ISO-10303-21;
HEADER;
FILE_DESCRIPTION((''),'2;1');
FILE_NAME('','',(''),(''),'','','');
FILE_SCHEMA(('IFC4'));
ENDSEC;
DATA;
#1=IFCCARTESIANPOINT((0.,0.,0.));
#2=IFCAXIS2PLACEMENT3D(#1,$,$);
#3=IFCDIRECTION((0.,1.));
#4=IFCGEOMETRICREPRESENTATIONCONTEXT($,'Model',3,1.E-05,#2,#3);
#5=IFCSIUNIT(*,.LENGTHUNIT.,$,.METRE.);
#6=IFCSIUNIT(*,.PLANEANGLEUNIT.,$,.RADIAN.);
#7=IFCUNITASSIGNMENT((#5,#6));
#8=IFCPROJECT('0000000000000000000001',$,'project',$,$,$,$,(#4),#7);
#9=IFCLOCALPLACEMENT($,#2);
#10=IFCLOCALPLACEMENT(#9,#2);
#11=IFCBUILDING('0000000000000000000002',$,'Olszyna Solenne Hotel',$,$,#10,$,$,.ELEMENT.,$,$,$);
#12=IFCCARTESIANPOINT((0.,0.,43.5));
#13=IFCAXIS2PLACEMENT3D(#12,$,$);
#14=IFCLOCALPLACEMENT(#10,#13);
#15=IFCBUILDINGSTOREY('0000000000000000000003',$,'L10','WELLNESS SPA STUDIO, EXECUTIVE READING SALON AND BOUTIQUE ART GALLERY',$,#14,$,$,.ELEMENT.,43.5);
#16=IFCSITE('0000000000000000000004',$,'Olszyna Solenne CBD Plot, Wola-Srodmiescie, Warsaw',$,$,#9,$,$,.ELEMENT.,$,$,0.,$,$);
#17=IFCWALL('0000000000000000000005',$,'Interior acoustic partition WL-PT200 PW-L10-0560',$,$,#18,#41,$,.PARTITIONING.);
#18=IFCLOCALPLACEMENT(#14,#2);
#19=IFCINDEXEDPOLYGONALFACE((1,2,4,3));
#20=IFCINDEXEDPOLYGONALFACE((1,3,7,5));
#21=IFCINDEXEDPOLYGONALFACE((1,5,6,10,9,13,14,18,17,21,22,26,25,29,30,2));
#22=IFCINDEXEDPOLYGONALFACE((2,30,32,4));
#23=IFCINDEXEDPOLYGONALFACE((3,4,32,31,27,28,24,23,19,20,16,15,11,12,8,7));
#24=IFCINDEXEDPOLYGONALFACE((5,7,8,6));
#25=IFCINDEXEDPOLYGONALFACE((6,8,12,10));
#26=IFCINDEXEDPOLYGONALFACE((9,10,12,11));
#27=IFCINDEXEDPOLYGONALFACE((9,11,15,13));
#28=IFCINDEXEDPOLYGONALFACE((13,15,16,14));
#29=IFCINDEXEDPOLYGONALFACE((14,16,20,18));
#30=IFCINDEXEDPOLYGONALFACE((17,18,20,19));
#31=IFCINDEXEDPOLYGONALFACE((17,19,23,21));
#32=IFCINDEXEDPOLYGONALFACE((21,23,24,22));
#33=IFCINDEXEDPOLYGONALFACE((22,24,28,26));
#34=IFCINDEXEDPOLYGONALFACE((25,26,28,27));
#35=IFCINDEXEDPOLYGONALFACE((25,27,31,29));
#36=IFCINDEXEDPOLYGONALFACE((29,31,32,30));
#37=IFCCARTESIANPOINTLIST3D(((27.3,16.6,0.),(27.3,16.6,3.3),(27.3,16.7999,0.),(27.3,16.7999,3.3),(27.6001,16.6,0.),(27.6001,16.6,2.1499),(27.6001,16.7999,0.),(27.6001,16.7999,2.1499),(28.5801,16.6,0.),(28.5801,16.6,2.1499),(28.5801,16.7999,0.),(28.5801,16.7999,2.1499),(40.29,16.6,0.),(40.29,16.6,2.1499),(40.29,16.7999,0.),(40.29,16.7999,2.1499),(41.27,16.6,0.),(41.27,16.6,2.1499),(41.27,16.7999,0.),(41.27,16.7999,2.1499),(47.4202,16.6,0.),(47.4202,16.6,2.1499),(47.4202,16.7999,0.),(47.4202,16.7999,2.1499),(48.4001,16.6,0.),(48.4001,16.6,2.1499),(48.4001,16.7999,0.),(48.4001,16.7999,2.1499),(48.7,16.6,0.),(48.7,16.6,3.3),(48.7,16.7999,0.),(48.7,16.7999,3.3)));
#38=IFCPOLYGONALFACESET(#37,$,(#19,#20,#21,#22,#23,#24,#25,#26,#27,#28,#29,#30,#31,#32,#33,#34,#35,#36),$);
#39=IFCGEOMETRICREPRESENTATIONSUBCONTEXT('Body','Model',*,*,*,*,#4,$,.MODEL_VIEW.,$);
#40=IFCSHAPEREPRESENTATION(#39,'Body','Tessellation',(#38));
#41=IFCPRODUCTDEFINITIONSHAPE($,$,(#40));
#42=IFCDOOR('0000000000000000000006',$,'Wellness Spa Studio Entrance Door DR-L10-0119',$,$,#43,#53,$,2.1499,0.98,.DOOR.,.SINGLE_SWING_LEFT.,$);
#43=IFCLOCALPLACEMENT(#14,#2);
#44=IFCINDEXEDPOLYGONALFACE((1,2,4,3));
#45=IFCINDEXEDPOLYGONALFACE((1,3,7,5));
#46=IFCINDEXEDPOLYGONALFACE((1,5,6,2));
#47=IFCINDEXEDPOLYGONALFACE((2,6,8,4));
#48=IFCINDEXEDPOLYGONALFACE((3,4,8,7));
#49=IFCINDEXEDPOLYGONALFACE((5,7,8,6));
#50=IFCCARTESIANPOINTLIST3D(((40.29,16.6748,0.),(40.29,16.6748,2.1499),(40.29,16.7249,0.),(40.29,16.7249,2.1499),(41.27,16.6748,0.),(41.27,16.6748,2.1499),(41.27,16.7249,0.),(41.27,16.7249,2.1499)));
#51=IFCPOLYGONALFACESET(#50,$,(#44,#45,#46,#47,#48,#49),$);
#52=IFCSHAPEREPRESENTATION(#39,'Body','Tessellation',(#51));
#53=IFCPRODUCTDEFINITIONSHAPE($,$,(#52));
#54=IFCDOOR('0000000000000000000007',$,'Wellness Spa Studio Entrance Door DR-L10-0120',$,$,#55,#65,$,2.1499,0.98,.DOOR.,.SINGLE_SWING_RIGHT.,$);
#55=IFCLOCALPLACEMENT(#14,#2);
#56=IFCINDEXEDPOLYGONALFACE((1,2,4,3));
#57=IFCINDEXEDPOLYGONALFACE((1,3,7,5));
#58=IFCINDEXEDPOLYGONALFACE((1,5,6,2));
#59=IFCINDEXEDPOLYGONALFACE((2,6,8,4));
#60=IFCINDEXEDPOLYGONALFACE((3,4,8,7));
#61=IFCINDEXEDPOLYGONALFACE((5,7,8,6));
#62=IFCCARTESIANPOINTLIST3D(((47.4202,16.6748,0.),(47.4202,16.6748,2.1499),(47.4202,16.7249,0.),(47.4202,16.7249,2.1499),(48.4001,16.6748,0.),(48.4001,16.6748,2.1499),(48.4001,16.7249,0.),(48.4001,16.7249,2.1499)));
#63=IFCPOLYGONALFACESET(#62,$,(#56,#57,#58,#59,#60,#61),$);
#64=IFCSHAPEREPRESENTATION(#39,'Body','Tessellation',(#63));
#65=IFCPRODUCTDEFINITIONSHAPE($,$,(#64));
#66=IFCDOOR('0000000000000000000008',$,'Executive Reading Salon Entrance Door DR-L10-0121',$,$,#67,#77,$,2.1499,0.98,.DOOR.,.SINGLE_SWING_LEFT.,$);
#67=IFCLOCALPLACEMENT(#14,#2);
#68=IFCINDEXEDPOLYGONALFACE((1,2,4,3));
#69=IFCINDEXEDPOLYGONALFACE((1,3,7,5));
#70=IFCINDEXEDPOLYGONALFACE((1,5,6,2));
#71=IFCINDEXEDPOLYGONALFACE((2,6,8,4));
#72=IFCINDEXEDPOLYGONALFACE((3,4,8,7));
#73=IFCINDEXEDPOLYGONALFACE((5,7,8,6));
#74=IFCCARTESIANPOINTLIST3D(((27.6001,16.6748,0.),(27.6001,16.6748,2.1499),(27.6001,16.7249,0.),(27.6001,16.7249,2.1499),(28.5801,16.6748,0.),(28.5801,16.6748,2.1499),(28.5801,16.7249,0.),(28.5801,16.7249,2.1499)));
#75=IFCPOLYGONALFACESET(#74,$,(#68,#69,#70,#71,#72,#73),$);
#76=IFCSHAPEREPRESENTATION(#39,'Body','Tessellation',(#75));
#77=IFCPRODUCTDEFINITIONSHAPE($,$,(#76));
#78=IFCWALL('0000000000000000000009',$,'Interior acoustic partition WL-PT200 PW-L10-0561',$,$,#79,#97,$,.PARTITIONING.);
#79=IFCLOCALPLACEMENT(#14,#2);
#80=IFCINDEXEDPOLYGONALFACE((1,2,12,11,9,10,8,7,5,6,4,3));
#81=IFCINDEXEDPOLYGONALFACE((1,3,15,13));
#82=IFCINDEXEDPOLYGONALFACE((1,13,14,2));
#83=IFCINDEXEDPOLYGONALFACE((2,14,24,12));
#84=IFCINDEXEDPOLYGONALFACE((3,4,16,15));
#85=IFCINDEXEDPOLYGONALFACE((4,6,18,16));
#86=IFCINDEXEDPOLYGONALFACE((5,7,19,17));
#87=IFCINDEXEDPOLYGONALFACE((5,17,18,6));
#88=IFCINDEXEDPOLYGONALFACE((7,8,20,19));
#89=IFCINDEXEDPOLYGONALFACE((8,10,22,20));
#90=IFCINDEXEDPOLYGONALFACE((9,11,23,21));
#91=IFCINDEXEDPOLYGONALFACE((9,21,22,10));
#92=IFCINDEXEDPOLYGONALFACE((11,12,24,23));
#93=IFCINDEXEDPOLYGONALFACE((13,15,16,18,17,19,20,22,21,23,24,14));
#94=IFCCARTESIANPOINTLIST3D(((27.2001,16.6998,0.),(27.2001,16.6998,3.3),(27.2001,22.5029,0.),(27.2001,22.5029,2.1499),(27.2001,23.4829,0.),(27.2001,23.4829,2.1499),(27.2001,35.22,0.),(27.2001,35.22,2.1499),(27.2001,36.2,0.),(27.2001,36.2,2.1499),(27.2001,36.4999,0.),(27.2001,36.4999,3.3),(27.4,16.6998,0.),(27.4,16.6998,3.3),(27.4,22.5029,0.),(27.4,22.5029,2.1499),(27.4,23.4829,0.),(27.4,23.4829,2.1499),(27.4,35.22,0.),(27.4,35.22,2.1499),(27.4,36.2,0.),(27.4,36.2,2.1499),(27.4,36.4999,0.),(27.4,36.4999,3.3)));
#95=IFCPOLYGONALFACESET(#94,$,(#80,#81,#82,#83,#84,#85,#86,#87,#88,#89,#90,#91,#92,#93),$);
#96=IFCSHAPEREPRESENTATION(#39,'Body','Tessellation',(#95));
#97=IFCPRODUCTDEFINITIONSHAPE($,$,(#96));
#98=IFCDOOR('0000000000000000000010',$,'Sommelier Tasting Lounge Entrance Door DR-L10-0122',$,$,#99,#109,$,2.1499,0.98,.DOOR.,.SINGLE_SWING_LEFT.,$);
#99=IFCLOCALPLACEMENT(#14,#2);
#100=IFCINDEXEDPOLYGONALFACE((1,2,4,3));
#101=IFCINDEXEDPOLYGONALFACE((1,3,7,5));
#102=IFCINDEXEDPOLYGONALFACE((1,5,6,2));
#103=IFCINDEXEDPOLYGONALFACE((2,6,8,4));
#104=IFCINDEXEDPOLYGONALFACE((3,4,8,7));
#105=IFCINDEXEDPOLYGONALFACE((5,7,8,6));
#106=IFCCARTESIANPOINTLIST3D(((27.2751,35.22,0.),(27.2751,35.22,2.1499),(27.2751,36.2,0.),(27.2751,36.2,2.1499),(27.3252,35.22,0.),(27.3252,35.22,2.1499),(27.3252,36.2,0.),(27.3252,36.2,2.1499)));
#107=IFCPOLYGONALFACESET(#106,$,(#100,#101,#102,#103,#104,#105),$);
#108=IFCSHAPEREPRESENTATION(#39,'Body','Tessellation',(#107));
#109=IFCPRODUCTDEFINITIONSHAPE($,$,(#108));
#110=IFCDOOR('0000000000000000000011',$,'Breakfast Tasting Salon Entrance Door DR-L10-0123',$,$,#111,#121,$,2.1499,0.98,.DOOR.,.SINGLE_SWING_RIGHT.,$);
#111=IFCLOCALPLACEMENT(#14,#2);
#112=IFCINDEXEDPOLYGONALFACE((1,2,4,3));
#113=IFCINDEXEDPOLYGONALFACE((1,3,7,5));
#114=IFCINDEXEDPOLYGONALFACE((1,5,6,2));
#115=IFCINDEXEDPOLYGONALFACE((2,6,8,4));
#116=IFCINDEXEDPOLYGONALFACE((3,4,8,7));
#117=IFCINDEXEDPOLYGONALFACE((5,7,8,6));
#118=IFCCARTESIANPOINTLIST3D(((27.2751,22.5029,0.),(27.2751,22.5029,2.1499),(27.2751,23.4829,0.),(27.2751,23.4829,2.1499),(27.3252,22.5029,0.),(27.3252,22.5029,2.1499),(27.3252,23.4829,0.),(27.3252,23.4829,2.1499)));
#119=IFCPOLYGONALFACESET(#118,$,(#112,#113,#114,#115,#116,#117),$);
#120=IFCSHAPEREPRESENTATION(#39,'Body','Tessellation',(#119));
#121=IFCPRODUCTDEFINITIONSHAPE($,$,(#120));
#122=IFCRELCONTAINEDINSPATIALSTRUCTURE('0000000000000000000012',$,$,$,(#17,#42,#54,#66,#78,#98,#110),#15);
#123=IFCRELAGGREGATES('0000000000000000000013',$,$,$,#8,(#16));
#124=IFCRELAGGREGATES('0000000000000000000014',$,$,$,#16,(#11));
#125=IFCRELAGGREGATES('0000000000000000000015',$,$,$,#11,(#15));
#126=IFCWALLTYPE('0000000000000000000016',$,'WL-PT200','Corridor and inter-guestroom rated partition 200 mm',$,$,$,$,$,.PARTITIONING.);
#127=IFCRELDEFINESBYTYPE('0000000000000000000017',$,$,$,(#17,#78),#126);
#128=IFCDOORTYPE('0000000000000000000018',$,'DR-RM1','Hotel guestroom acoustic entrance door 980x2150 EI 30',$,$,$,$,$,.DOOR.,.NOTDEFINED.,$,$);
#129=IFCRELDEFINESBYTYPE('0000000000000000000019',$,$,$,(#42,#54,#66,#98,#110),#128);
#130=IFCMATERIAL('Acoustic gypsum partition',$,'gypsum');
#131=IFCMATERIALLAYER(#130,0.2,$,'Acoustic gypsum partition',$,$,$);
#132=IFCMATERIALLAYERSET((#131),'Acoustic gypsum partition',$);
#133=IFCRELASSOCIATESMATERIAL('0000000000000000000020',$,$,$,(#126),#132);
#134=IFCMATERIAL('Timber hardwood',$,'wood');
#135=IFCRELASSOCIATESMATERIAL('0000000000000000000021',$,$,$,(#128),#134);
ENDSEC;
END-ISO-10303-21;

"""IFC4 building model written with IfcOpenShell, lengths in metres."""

from ifc_helpers import new_model, si_unit, direction, frame, frame_2d, origin, place, context, subcontext, project, spatial, rectangle, extrude, source, transform, mapped, material, layer, layer_set, type_object, type_shapes, element, fill, save


model = new_model("IFC4")

# Units and contexts
model_context = context("Model", 3, precision=1e-05, world=origin(), true_north=direction((0.0, 1.0)))
body_context = subcontext(model_context, "Body", "Model", "MODEL_VIEW")
ifc_project = project(units=[si_unit("LENGTHUNIT", "METRE"), si_unit("PLANEANGLEUNIT", "RADIAN")], contexts=[model_context])

# Site, building, storey
site_placement = place(None, origin())
site = spatial("IfcSite", under=ifc_project, at=site_placement, Name="Olszyna Solenne CBD Plot, Wola-Srodmiescie, Warsaw", CompositionType="ELEMENT", RefElevation=0.0)
building_placement = place(site_placement, origin())
building = spatial("IfcBuilding", under=site, at=building_placement, Name="Olszyna Solenne Hotel", CompositionType="ELEMENT")
storey_placement = place(building_placement, frame((0.0, 0.0, 43.5)))
storey = spatial("IfcBuildingStorey", under=building, at=storey_placement, Name="L10", Description="WELLNESS SPA STUDIO, EXECUTIVE READING SALON AND BOUTIQUE ART GALLERY", CompositionType="ELEMENT", Elevation=43.5)

# Shared definitions
ifc_material_1 = material(Name="Timber hardwood", Category="wood")

# Shared definitions
ifc_material_2 = material(Name="Acoustic gypsum partition", Category="gypsum")

# Shared definitions
ifc_layer_1 = layer(ifc_material_2, 0.2, Name="Acoustic gypsum partition")
ifc_layer_set_1 = layer_set([ifc_layer_1], Name="Acoustic gypsum partition")
wall_type_1 = type_object("IfcWallType", Name="WL-PT200", Description="Corridor and inter-guestroom rated partition 200 mm", PredefinedType="PARTITIONING", material=ifc_layer_set_1)

# Walls, openings, doors
wall_1_placement = place(storey_placement, frame((27.3, 16.7, 0.0), z_axis=(0.0, 0.0, 1.0), x_axis=(1.0, 0.0, 0.0)))
wall_1 = element("IfcWall", 1, at=wall_1_placement, inside=storey, type_object=wall_type_1, Name="Interior acoustic partition WL-PT200 PW-L10-0560", PredefinedType="PARTITIONING", context=body_context, shape_type="SweptSolid", body=[
    extrude(rectangle(XDim=21.3999, YDim=0.2, at=frame_2d((10.7, 0.0))), origin(), (0.0, 0.0, 1.0), 3.3),
])
opening_1_placement = place(wall_1_placement, frame((12.99, 0.0, 0.0)))
opening_1 = element("IfcOpeningElement", 2, at=opening_1_placement, cuts=wall_1, PredefinedType="OPENING", context=body_context, shape_type="SweptSolid", body=[
    extrude(rectangle(XDim=0.98, YDim=2.1499, at=frame_2d((0.49, 1.075))), frame((0.0, 0.1099, 0.0), z_axis=(0.0, -1.0, 0.0), x_axis=(1.0, 0.0, 0.0)), (0.0, 0.0, 1.0), 0.22),
])
opening_2_placement = place(wall_1_placement, frame((20.1201, 0.0, 0.0)))
opening_2 = element("IfcOpeningElement", 3, at=opening_2_placement, cuts=wall_1, PredefinedType="OPENING", context=body_context, shape_type="SweptSolid", body=[
    extrude(rectangle(XDim=0.98, YDim=2.1499, at=frame_2d((0.49, 1.075))), frame((0.0, 0.1099, 0.0), z_axis=(0.0, -1.0, 0.0), x_axis=(1.0, 0.0, 0.0)), (0.0, 0.0, 1.0), 0.22),
])
opening_3_placement = place(wall_1_placement, frame((0.3, 0.0, 0.0)))
opening_3 = element("IfcOpeningElement", 4, at=opening_3_placement, cuts=wall_1, PredefinedType="OPENING", context=body_context, shape_type="SweptSolid", body=[
    extrude(rectangle(XDim=0.98, YDim=2.1499, at=frame_2d((0.49, 1.075))), frame((0.0, 0.1099, 0.0), z_axis=(0.0, -1.0, 0.0), x_axis=(1.0, 0.0, 0.0)), (0.0, 0.0, 1.0), 0.22),
])
door_type_1 = type_object("IfcDoorType", Name="DR-RM1", Description="Hotel guestroom acoustic entrance door 980x2150 EI 30", OperationType="NOTDEFINED", PredefinedType="DOOR", material=ifc_material_1)
shared_shape_1 = source(origin(), body_context, "Body", "SweptSolid", [
    extrude(rectangle(XDim=0.98, YDim=2.1499, at=frame_2d((0.49, 1.075))), frame((0.0, 0.0249, 0.0), z_axis=(0.0, -1.0, 0.0), x_axis=(1.0, 0.0, 0.0)), (0.0, 0.0, 1.0), 0.05),
])
type_shapes(door_type_1, [shared_shape_1])
door_1_placement = place(opening_1_placement, origin())
door_1 = element("IfcDoor", 5, at=door_1_placement, inside=storey, type_object=door_type_1, Name="Wellness Spa Studio Entrance Door DR-L10-0119", OperationType="SINGLE_SWING_LEFT", OverallHeight=2.1499, OverallWidth=0.98, PredefinedType="DOOR", context=body_context, shape_type="MappedRepresentation", body=[
    mapped(shared_shape_1, transform((0.0, 0.0, 0.0), x_axis=(1.0, 0.0, 0.0), y_axis=(0.0, 1.0, 0.0), z_axis=(0.0, 0.0, 1.0), scale=1.0)),
])
fill(opening_1, door_1)
door_2_placement = place(opening_2_placement, origin())
door_2 = element("IfcDoor", 6, at=door_2_placement, inside=storey, type_object=door_type_1, Name="Wellness Spa Studio Entrance Door DR-L10-0120", OperationType="SINGLE_SWING_RIGHT", OverallHeight=2.1499, OverallWidth=0.98, PredefinedType="DOOR", context=body_context, shape_type="MappedRepresentation", body=[
    mapped(shared_shape_1, transform((0.0, 0.0, 0.0), x_axis=(1.0, 0.0, 0.0), y_axis=(0.0, 1.0, 0.0), z_axis=(0.0, 0.0, 1.0), scale=1.0)),
])
fill(opening_2, door_2)
door_3_placement = place(opening_3_placement, origin())
door_3 = element("IfcDoor", 7, at=door_3_placement, inside=storey, type_object=door_type_1, Name="Executive Reading Salon Entrance Door DR-L10-0121", OperationType="SINGLE_SWING_LEFT", OverallHeight=2.1499, OverallWidth=0.98, PredefinedType="DOOR", context=body_context, shape_type="MappedRepresentation", body=[
    mapped(shared_shape_1, transform((0.0, 0.0, 0.0), x_axis=(1.0, 0.0, 0.0), y_axis=(0.0, 1.0, 0.0), z_axis=(0.0, 0.0, 1.0), scale=1.0)),
])
fill(opening_3, door_3)
wall_2_placement = place(storey_placement, frame((27.3, 16.7, 0.0), z_axis=(0.0, 0.0, 1.0), x_axis=(0.0, 1.0, 0.0)))
wall_2 = element("IfcWall", 8, at=wall_2_placement, inside=storey, type_object=wall_type_1, Name="Interior acoustic partition WL-PT200 PW-L10-0561", PredefinedType="PARTITIONING", context=body_context, shape_type="SweptSolid", body=[
    extrude(rectangle(XDim=19.8, YDim=0.2, at=frame_2d((9.8999, 0.0))), origin(), (0.0, 0.0, 1.0), 3.3),
])
opening_4_placement = place(wall_2_placement, frame((18.52, 0.0, 0.0)))
opening_4 = element("IfcOpeningElement", 9, at=opening_4_placement, cuts=wall_2, PredefinedType="OPENING", context=body_context, shape_type="SweptSolid", body=[
    extrude(rectangle(XDim=0.98, YDim=2.1499, at=frame_2d((0.49, 1.075))), frame((0.0, 0.1099, 0.0), z_axis=(0.0, -1.0, 0.0), x_axis=(1.0, 0.0, 0.0)), (0.0, 0.0, 1.0), 0.22),
])
opening_5_placement = place(wall_2_placement, frame((5.803, 0.0, 0.0)))
opening_5 = element("IfcOpeningElement", 10, at=opening_5_placement, cuts=wall_2, PredefinedType="OPENING", context=body_context, shape_type="SweptSolid", body=[
    extrude(rectangle(XDim=0.98, YDim=2.1499, at=frame_2d((0.49, 1.075))), frame((0.0, 0.1099, 0.0), z_axis=(0.0, -1.0, 0.0), x_axis=(1.0, 0.0, 0.0)), (0.0, 0.0, 1.0), 0.22),
])
door_4_placement = place(opening_4_placement, origin())
door_4 = element("IfcDoor", 11, at=door_4_placement, inside=storey, type_object=door_type_1, Name="Sommelier Tasting Lounge Entrance Door DR-L10-0122", OperationType="SINGLE_SWING_LEFT", OverallHeight=2.1499, OverallWidth=0.98, PredefinedType="DOOR", context=body_context, shape_type="MappedRepresentation", body=[
    mapped(shared_shape_1, transform((0.0, 0.0, 0.0), x_axis=(1.0, 0.0, 0.0), y_axis=(0.0, 1.0, 0.0), z_axis=(0.0, 0.0, 1.0), scale=1.0)),
])
fill(opening_4, door_4)
door_5_placement = place(opening_5_placement, origin())
door_5 = element("IfcDoor", 12, at=door_5_placement, inside=storey, type_object=door_type_1, Name="Breakfast Tasting Salon Entrance Door DR-L10-0123", OperationType="SINGLE_SWING_RIGHT", OverallHeight=2.1499, OverallWidth=0.98, PredefinedType="DOOR", context=body_context, shape_type="MappedRepresentation", body=[
    mapped(shared_shape_1, transform((0.0, 0.0, 0.0), x_axis=(1.0, 0.0, 0.0), y_axis=(0.0, 1.0, 0.0), z_axis=(0.0, 0.0, 1.0), scale=1.0)),
])
fill(opening_5, door_5)

save(model, "model.ifc")
